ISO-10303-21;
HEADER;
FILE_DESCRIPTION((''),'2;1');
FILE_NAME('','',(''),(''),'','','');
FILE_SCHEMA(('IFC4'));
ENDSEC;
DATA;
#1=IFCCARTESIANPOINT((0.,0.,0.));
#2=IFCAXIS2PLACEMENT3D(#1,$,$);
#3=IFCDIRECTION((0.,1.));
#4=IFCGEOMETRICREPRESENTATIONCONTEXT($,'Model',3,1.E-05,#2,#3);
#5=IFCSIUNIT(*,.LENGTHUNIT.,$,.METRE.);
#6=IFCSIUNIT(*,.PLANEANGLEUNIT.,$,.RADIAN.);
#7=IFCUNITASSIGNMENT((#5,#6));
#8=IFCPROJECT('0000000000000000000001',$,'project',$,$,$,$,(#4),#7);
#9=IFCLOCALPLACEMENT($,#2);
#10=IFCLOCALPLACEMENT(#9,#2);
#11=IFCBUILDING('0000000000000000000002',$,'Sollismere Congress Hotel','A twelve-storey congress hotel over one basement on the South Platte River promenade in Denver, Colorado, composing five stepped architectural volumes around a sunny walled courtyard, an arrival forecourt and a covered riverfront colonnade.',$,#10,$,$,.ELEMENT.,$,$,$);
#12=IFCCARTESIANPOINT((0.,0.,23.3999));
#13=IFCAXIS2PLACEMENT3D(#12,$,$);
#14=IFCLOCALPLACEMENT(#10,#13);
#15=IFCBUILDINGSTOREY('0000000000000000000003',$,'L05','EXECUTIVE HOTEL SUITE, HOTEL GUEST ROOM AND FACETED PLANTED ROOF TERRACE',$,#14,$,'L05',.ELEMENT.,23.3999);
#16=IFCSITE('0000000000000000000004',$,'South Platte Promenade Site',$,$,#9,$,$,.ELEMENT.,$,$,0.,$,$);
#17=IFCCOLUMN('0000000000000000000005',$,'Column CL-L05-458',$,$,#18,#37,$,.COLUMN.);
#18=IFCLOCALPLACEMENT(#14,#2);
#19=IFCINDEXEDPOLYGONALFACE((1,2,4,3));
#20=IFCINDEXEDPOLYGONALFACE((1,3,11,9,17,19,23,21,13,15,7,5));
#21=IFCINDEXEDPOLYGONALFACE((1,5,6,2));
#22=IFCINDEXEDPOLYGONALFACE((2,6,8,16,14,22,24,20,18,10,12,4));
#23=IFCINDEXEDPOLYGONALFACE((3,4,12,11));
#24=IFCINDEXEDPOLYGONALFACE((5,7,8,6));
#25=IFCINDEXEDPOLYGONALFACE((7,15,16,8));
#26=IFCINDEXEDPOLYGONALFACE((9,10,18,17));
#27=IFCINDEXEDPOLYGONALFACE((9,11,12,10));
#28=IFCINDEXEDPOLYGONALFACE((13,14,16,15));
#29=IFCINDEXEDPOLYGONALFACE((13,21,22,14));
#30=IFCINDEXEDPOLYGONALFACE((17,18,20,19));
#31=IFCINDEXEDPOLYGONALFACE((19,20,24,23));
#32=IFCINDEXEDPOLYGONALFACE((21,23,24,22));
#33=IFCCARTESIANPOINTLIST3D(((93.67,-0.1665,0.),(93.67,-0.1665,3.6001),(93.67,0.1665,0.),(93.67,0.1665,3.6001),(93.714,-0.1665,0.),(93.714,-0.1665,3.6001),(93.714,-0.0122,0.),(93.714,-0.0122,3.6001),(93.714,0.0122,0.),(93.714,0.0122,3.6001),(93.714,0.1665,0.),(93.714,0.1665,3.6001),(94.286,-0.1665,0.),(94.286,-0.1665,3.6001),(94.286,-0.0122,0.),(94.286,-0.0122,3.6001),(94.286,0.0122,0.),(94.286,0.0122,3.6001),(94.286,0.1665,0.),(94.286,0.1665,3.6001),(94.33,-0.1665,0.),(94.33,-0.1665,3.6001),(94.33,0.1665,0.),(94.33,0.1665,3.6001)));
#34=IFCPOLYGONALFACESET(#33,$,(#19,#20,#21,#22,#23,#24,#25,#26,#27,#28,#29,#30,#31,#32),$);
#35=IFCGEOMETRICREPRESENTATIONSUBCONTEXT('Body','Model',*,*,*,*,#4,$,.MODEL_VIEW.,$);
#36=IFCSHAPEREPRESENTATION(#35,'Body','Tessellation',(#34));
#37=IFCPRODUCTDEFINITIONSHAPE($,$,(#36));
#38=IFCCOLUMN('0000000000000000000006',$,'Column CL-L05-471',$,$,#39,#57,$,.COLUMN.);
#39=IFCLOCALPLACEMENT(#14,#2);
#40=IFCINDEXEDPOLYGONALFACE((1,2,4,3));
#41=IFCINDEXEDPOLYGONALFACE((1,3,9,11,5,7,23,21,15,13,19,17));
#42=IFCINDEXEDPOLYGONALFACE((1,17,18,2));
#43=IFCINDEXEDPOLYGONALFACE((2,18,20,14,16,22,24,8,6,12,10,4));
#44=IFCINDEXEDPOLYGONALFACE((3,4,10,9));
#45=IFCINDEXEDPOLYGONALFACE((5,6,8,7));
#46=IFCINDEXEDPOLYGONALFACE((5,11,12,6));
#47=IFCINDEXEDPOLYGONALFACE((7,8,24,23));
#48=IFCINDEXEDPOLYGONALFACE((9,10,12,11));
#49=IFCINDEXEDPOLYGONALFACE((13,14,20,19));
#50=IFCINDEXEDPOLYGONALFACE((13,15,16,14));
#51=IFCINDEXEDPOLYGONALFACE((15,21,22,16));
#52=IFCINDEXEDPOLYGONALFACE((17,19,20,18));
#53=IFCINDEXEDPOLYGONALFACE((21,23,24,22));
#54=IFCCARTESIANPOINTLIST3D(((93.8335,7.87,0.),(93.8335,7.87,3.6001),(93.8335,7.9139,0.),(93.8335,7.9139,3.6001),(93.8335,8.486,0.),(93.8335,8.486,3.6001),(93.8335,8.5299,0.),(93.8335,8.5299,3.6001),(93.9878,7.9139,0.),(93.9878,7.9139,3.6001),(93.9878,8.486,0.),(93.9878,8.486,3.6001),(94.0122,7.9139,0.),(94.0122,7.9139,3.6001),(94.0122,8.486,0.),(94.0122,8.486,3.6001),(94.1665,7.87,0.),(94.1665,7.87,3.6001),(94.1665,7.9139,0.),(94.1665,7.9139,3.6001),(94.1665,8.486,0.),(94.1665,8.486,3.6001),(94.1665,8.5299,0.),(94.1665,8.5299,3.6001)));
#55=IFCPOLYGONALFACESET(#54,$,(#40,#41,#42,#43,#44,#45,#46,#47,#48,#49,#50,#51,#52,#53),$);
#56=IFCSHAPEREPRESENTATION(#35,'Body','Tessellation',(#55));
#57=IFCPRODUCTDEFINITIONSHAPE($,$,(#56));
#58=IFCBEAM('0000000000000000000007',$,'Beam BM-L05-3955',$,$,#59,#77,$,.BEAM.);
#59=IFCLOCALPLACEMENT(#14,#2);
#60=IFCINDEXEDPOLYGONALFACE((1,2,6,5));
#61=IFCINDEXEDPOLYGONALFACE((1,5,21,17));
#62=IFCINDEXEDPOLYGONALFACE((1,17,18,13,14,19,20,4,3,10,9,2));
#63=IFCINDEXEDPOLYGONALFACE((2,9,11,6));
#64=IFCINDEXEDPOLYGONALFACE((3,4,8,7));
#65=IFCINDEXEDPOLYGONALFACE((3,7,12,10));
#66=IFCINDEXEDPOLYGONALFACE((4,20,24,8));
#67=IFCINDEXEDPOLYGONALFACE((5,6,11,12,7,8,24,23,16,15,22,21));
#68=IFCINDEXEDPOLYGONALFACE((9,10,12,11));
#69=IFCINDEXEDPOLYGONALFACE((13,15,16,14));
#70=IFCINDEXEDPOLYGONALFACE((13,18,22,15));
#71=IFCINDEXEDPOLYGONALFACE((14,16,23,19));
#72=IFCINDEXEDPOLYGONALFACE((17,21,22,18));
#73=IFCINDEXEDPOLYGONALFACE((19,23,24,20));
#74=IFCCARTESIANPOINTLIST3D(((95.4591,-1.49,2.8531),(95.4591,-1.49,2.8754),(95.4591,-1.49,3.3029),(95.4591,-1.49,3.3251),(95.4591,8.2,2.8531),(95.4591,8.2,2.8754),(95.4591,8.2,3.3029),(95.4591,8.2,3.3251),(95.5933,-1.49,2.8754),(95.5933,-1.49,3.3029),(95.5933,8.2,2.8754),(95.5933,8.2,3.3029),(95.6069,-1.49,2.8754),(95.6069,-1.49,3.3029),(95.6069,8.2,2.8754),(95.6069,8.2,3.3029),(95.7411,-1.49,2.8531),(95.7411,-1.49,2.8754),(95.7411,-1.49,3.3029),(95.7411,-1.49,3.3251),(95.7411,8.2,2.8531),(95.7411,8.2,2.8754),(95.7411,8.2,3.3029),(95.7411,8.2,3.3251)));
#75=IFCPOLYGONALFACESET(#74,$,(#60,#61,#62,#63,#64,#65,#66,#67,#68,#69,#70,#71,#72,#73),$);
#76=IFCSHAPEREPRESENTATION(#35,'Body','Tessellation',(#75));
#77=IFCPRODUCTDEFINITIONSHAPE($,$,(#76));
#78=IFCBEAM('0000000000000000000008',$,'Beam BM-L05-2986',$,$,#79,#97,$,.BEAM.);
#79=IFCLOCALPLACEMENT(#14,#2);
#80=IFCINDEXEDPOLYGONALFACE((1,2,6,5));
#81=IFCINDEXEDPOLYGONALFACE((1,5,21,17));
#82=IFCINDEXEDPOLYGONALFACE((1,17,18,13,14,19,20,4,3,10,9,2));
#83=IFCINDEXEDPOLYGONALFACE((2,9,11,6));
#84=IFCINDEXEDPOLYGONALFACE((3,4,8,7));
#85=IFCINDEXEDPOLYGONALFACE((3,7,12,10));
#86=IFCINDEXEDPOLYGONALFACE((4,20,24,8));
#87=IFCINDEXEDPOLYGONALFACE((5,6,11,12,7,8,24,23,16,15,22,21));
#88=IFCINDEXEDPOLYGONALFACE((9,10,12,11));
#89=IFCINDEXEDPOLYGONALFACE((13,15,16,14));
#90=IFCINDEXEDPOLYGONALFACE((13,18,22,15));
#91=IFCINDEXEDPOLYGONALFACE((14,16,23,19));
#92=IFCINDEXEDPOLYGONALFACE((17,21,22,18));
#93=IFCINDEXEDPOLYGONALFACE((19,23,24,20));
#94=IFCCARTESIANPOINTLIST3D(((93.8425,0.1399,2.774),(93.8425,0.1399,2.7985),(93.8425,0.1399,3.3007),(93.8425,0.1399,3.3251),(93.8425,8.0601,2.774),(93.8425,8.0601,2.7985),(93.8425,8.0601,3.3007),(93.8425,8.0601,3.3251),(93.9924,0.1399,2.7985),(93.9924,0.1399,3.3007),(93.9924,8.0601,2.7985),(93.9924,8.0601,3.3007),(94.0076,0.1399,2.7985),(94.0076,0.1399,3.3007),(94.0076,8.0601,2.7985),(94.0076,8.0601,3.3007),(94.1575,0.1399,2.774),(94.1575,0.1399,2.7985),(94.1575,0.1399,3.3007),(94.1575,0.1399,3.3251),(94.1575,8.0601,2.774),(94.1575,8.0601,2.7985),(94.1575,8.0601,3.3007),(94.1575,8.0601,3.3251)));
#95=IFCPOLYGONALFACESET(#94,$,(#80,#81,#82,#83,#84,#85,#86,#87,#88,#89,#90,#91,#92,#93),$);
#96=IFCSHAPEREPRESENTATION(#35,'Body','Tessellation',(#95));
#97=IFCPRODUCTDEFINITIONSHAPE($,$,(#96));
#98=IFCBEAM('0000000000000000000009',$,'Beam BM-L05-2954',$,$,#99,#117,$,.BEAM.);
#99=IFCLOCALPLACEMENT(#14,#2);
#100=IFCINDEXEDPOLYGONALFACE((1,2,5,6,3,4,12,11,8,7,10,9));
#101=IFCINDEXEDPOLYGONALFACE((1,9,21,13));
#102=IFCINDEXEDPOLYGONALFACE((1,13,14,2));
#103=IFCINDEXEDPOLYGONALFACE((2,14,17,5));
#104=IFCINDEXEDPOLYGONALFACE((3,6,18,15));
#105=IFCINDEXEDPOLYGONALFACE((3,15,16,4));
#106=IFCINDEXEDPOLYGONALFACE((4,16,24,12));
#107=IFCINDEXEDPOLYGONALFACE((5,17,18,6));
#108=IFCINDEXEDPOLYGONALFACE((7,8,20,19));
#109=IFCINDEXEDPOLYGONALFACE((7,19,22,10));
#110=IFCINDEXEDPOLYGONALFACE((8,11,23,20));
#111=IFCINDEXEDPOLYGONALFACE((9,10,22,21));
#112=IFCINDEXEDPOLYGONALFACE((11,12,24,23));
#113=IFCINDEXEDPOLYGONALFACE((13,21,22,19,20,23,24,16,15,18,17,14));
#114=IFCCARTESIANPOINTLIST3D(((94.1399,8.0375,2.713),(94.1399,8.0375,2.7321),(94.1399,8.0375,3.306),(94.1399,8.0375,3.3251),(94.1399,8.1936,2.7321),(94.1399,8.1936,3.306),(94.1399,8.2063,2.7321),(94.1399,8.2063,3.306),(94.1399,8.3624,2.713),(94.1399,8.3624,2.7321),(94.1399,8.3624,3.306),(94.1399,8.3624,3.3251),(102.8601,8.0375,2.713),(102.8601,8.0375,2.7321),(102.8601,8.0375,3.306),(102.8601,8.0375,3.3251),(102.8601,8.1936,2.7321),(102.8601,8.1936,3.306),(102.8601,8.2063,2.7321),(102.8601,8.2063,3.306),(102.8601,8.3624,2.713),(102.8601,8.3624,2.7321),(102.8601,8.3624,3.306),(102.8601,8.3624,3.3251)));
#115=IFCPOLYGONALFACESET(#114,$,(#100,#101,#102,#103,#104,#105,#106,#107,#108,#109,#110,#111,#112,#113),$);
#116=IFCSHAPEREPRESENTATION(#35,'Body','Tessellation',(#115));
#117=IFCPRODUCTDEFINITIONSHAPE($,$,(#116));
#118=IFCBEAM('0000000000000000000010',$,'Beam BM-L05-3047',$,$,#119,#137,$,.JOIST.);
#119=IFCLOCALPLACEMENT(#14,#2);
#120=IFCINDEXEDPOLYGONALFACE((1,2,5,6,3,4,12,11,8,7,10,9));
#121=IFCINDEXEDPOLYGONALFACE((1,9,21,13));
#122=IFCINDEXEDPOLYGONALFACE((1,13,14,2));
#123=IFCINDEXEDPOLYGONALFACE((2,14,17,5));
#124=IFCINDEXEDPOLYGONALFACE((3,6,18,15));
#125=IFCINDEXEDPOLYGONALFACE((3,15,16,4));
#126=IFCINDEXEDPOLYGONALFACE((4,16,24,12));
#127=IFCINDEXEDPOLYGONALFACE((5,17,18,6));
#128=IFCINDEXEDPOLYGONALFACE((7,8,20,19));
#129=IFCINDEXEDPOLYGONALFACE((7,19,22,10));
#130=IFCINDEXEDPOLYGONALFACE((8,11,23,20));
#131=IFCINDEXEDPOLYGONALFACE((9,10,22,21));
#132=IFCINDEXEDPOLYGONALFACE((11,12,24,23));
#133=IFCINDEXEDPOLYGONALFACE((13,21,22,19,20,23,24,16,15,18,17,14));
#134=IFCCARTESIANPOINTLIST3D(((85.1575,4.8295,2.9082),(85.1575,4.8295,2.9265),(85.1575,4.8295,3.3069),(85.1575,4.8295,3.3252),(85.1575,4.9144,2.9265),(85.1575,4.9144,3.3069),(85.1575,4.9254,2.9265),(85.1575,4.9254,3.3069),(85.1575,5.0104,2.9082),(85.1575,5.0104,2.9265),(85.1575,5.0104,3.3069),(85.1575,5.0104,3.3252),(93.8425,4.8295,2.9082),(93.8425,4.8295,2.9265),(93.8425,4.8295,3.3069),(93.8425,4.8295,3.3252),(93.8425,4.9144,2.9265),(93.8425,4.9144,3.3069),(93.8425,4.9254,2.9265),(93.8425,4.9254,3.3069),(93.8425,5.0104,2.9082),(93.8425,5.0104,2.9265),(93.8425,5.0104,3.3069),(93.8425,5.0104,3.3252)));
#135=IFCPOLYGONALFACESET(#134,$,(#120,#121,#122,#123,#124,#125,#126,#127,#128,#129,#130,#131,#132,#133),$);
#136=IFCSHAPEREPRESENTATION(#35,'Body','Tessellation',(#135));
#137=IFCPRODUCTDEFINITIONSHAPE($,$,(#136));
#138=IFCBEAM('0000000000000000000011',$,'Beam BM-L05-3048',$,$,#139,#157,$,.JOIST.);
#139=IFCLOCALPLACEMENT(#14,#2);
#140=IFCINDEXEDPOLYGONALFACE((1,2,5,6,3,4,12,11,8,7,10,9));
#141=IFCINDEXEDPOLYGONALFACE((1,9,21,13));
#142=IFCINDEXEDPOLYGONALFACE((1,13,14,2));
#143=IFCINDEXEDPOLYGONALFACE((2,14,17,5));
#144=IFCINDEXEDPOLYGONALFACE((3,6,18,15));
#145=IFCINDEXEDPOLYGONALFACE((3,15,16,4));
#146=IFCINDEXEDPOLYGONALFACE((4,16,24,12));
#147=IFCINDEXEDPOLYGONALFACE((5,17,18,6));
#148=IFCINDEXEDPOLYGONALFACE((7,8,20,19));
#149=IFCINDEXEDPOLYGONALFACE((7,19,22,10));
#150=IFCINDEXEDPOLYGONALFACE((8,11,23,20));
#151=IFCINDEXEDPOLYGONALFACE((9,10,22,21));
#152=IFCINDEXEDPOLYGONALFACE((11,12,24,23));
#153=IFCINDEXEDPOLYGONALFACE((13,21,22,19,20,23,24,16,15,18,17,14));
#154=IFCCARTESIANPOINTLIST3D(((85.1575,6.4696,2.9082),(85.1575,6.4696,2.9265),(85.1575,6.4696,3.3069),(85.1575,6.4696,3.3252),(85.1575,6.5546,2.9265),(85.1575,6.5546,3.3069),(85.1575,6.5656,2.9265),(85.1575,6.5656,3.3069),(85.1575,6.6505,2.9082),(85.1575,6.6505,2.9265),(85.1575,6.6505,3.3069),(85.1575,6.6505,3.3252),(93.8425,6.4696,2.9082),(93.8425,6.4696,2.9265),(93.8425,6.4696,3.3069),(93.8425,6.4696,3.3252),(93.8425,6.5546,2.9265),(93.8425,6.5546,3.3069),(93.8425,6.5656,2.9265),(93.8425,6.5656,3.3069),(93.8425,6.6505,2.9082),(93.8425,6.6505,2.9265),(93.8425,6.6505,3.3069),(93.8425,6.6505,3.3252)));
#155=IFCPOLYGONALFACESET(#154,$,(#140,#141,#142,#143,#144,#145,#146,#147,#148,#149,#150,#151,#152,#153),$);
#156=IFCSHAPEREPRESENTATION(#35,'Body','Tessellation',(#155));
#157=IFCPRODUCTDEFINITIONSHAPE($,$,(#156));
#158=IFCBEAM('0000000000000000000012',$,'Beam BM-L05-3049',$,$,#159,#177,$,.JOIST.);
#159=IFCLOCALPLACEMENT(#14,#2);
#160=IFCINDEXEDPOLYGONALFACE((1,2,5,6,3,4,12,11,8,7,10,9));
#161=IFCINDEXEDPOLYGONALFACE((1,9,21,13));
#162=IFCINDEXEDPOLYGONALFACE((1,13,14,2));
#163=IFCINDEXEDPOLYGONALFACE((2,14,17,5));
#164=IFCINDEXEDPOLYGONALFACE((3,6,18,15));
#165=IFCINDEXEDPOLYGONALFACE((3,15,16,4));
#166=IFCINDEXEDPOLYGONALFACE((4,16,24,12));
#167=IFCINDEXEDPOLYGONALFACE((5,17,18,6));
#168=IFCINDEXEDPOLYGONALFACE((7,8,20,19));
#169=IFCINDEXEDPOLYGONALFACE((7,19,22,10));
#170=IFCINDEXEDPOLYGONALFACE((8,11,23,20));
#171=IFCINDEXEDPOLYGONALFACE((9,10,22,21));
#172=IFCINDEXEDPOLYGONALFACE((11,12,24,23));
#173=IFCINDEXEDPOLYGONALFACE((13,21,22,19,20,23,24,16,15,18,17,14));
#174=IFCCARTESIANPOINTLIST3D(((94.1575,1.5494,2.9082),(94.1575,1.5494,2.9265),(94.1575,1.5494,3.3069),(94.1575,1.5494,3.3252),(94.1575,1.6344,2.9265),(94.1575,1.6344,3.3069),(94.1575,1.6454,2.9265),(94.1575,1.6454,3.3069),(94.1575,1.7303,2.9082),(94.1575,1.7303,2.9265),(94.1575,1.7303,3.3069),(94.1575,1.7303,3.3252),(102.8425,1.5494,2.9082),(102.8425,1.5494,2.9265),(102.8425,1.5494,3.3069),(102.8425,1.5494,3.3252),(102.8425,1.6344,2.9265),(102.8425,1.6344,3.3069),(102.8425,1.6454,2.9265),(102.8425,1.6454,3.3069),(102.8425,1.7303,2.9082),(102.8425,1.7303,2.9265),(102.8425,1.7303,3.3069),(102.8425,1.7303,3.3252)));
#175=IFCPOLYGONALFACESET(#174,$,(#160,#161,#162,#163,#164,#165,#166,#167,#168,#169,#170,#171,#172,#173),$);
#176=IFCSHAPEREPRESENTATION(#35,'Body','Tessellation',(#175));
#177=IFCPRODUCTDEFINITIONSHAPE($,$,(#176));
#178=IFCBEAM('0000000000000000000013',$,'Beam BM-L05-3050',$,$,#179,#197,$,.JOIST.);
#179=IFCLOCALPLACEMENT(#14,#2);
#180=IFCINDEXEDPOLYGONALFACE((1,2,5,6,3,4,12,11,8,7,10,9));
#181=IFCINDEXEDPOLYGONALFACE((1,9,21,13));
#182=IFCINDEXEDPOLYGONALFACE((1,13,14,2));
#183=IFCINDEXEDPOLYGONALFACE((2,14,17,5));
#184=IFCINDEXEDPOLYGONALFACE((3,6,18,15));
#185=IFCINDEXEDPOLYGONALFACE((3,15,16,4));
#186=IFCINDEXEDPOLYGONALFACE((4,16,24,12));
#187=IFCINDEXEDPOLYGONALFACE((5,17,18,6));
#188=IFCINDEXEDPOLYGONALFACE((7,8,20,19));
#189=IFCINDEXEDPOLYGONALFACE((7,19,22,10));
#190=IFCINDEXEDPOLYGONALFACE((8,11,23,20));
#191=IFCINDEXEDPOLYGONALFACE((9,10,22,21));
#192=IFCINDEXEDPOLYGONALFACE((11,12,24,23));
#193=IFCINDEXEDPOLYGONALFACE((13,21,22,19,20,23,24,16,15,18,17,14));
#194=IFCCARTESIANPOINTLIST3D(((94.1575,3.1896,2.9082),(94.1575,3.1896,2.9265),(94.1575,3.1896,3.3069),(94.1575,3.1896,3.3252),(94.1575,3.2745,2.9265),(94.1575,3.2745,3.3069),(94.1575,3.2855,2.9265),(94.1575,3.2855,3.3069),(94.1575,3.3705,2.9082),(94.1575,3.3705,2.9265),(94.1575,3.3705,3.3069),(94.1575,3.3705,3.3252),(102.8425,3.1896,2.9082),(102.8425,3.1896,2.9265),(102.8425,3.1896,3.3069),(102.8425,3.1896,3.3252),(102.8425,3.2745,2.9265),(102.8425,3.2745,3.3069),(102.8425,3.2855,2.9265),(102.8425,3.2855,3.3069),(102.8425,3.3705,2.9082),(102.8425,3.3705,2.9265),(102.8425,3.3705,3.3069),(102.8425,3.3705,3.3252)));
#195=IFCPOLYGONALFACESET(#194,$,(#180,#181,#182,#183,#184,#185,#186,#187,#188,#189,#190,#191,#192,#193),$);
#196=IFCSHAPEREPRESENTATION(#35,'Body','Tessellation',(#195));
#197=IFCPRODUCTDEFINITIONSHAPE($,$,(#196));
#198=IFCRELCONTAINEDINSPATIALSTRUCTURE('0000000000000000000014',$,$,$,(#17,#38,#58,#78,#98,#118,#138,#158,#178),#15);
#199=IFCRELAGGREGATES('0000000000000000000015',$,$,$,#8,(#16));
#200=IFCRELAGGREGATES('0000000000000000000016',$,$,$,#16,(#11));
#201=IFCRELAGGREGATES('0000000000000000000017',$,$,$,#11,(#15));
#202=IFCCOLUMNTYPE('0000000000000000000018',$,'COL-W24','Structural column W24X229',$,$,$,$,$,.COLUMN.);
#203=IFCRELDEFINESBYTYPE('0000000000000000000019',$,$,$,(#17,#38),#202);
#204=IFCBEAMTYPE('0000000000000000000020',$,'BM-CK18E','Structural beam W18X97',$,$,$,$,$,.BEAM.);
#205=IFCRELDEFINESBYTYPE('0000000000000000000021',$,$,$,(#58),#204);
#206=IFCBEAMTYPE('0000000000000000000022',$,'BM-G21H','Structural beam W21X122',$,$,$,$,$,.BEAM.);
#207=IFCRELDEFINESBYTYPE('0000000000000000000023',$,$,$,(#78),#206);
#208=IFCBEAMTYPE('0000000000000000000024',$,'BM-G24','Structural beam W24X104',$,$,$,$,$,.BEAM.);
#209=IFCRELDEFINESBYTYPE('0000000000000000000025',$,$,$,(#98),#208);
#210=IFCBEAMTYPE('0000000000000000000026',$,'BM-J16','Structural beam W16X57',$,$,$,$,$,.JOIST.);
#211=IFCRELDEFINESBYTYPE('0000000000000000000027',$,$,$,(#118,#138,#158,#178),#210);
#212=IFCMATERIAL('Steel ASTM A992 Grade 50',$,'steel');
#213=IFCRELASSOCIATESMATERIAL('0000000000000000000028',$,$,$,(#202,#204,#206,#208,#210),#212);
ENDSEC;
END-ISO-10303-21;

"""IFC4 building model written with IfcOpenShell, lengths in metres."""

from ifc_helpers import new_model, si_unit, direction, frame, origin, origin_2d, place, context, subcontext, project, spatial, i_section, extrude, material, material_profile, profile_set, type_object, element, save


model = new_model("IFC4")

# Units and contexts
model_context = context("Model", 3, precision=1e-05, world=origin(), true_north=direction((0.0, 1.0)))
body_context = subcontext(model_context, "Body", "Model", "MODEL_VIEW")
ifc_project = project(units=[si_unit("LENGTHUNIT", "METRE"), si_unit("PLANEANGLEUNIT", "RADIAN")], contexts=[model_context])

# Site, building, storey
site_placement = place(None, origin())
site = spatial("IfcSite", under=ifc_project, at=site_placement, Name="South Platte Promenade Site", CompositionType="ELEMENT", RefElevation=0.0)
building_placement = place(site_placement, origin())
building = spatial("IfcBuilding", under=site, at=building_placement, Name="Sollismere Congress Hotel", Description="A twelve-storey congress hotel over one basement on the South Platte River promenade in Denver, Colorado, composing five stepped architectural volumes around a sunny walled courtyard, an arrival forecourt and a covered riverfront colonnade.", CompositionType="ELEMENT")
storey_placement = place(building_placement, frame((0.0, 0.0, 23.3999)))
storey = spatial("IfcBuildingStorey", under=building, at=storey_placement, Name="L05", Description="EXECUTIVE HOTEL SUITE, HOTEL GUEST ROOM AND FACETED PLANTED ROOF TERRACE", LongName="L05", CompositionType="ELEMENT", Elevation=23.3999)

# Columns
ifc_material_1 = material(Name="Steel ASTM A992 Grade 50", Category="steel")
ifc_material_profile_1 = material_profile(ifc_material_1, i_section(OverallWidth=0.333, OverallDepth=0.6599, WebThickness=0.0244, FlangeThickness=0.0439, at=origin_2d()), Name="W24X229")
ifc_profile_set_1 = profile_set([ifc_material_profile_1], Name="Steel ASTM A992 Grade 50")
column_type = type_object("IfcColumnType", Name="COL-W24", Description="Structural column W24X229", PredefinedType="COLUMN", material=ifc_profile_set_1)
for number, where, z_axis, x_axis, name in (
    (1, (94.0, 0.0, 0.0), (0.0, 0.0, 1.0), (0.0, 1.0, 0.0), "Column CL-L05-458"),
    (2, (94.0, 8.2, 0.0), (0.0, 0.0, 1.0), (1.0, 0.0, 0.0), "Column CL-L05-471"),
):
    element("IfcColumn", number, at=place(storey_placement, frame(where, z_axis=z_axis, x_axis=x_axis)), inside=storey, type_object=column_type, Name=name, PredefinedType="COLUMN", context=body_context, shape_type="SweptSolid", body=[
        extrude(i_section(OverallWidth=0.333, OverallDepth=0.6599, WebThickness=0.0244, FlangeThickness=0.0439, at=origin_2d()), origin(), (0.0, 0.0, 1.0), 3.6001),
    ])

# Beams
ifc_material_profile_2 = material_profile(ifc_material_1, i_section(OverallWidth=0.282, OverallDepth=0.4719, WebThickness=0.0137, FlangeThickness=0.0222, at=origin_2d()), Name="W18X97")
ifc_profile_set_2 = profile_set([ifc_material_profile_2], Name="Steel ASTM A992 Grade 50")
beam_type_1 = type_object("IfcBeamType", Name="BM-CK18E", Description="Structural beam W18X97", PredefinedType="BEAM", material=ifc_profile_set_2)
beam_1_placement = place(storey_placement, frame((95.6001, 8.2, 3.0891), z_axis=(0.0, -1.0, 0.0), x_axis=(1.0, 0.0, 0.0)))
element("IfcBeam", 3, at=beam_1_placement, inside=storey, type_object=beam_type_1, Name="Beam BM-L05-3955", PredefinedType="BEAM", context=body_context, shape_type="SweptSolid", body=[
    extrude(i_section(OverallWidth=0.282, OverallDepth=0.4719, WebThickness=0.0137, FlangeThickness=0.0222, at=origin_2d()), origin(), (0.0, 0.0, 1.0), 9.6899),
])
ifc_material_profile_3 = material_profile(ifc_material_1, i_section(OverallWidth=0.3149, OverallDepth=0.551, WebThickness=0.0151, FlangeThickness=0.0244, at=origin_2d()), Name="W21X122")
ifc_profile_set_3 = profile_set([ifc_material_profile_3], Name="Steel ASTM A992 Grade 50")
beam_type_2 = type_object("IfcBeamType", Name="BM-G21H", Description="Structural beam W21X122", PredefinedType="BEAM", material=ifc_profile_set_3)
beam_2_placement = place(storey_placement, frame((94.0, 0.1399, 3.0496), z_axis=(0.0, 1.0, 0.0), x_axis=(-1.0, 0.0, 0.0)))
element("IfcBeam", 4, at=beam_2_placement, inside=storey, type_object=beam_type_2, Name="Beam BM-L05-2986", PredefinedType="BEAM", context=body_context, shape_type="SweptSolid", body=[
    extrude(i_section(OverallWidth=0.3149, OverallDepth=0.551, WebThickness=0.0151, FlangeThickness=0.0244, at=origin_2d()), origin(), (0.0, 0.0, 1.0), 7.9202),
])
ifc_material_profile_4 = material_profile(ifc_material_1, i_section(OverallWidth=0.325, OverallDepth=0.6121, WebThickness=0.0127, FlangeThickness=0.019, at=origin_2d()), Name="W24X104")
ifc_profile_set_4 = profile_set([ifc_material_profile_4], Name="Steel ASTM A992 Grade 50")
beam_type_3 = type_object("IfcBeamType", Name="BM-G24", Description="Structural beam W24X104", PredefinedType="BEAM", material=ifc_profile_set_4)
beam_3_placement = place(storey_placement, frame((94.1399, 8.2, 3.019), z_axis=(1.0, 0.0, 0.0), x_axis=(0.0, 1.0, 0.0)))
element("IfcBeam", 5, at=beam_3_placement, inside=storey, type_object=beam_type_3, Name="Beam BM-L05-2954", PredefinedType="BEAM", context=body_context, shape_type="SweptSolid", body=[
    extrude(i_section(OverallWidth=0.325, OverallDepth=0.6121, WebThickness=0.0127, FlangeThickness=0.019, at=origin_2d()), origin(), (0.0, 0.0, 1.0), 8.7202),
])
ifc_material_profile_5 = material_profile(ifc_material_1, i_section(OverallWidth=0.1809, OverallDepth=0.417, WebThickness=0.011, FlangeThickness=0.0183, at=origin_2d()), Name="W16X57")
ifc_profile_set_5 = profile_set([ifc_material_profile_5], Name="Steel ASTM A992 Grade 50")
beam_type_4 = type_object("IfcBeamType", Name="BM-J16", Description="Structural beam W16X57", PredefinedType="JOIST", material=ifc_profile_set_5)
for number, where, z_axis, x_axis, name in (
    (6, (85.1575, 4.9199, 3.1167), (1.0, 0.0, 0.0), (0.0, 1.0, 0.0), "Beam BM-L05-3047"),
    (7, (85.1575, 6.5601, 3.1167), (1.0, 0.0, 0.0), (0.0, 1.0, 0.0), "Beam BM-L05-3048"),
    (8, (94.1575, 1.6399, 3.1167), (1.0, 0.0, 0.0), (0.0, 1.0, 0.0), "Beam BM-L05-3049"),
    (9, (94.1575, 3.28, 3.1167), (1.0, 0.0, 0.0), (0.0, 1.0, 0.0), "Beam BM-L05-3050"),
):
    element("IfcBeam", number, at=place(storey_placement, frame(where, z_axis=z_axis, x_axis=x_axis)), inside=storey, type_object=beam_type_4, Name=name, PredefinedType="JOIST", context=body_context, shape_type="SweptSolid", body=[
        extrude(i_section(OverallWidth=0.1809, OverallDepth=0.417, WebThickness=0.011, FlangeThickness=0.0183, at=origin_2d()), origin(), (0.0, 0.0, 1.0), 8.6851),
    ])

save(model, "model.ifc")
